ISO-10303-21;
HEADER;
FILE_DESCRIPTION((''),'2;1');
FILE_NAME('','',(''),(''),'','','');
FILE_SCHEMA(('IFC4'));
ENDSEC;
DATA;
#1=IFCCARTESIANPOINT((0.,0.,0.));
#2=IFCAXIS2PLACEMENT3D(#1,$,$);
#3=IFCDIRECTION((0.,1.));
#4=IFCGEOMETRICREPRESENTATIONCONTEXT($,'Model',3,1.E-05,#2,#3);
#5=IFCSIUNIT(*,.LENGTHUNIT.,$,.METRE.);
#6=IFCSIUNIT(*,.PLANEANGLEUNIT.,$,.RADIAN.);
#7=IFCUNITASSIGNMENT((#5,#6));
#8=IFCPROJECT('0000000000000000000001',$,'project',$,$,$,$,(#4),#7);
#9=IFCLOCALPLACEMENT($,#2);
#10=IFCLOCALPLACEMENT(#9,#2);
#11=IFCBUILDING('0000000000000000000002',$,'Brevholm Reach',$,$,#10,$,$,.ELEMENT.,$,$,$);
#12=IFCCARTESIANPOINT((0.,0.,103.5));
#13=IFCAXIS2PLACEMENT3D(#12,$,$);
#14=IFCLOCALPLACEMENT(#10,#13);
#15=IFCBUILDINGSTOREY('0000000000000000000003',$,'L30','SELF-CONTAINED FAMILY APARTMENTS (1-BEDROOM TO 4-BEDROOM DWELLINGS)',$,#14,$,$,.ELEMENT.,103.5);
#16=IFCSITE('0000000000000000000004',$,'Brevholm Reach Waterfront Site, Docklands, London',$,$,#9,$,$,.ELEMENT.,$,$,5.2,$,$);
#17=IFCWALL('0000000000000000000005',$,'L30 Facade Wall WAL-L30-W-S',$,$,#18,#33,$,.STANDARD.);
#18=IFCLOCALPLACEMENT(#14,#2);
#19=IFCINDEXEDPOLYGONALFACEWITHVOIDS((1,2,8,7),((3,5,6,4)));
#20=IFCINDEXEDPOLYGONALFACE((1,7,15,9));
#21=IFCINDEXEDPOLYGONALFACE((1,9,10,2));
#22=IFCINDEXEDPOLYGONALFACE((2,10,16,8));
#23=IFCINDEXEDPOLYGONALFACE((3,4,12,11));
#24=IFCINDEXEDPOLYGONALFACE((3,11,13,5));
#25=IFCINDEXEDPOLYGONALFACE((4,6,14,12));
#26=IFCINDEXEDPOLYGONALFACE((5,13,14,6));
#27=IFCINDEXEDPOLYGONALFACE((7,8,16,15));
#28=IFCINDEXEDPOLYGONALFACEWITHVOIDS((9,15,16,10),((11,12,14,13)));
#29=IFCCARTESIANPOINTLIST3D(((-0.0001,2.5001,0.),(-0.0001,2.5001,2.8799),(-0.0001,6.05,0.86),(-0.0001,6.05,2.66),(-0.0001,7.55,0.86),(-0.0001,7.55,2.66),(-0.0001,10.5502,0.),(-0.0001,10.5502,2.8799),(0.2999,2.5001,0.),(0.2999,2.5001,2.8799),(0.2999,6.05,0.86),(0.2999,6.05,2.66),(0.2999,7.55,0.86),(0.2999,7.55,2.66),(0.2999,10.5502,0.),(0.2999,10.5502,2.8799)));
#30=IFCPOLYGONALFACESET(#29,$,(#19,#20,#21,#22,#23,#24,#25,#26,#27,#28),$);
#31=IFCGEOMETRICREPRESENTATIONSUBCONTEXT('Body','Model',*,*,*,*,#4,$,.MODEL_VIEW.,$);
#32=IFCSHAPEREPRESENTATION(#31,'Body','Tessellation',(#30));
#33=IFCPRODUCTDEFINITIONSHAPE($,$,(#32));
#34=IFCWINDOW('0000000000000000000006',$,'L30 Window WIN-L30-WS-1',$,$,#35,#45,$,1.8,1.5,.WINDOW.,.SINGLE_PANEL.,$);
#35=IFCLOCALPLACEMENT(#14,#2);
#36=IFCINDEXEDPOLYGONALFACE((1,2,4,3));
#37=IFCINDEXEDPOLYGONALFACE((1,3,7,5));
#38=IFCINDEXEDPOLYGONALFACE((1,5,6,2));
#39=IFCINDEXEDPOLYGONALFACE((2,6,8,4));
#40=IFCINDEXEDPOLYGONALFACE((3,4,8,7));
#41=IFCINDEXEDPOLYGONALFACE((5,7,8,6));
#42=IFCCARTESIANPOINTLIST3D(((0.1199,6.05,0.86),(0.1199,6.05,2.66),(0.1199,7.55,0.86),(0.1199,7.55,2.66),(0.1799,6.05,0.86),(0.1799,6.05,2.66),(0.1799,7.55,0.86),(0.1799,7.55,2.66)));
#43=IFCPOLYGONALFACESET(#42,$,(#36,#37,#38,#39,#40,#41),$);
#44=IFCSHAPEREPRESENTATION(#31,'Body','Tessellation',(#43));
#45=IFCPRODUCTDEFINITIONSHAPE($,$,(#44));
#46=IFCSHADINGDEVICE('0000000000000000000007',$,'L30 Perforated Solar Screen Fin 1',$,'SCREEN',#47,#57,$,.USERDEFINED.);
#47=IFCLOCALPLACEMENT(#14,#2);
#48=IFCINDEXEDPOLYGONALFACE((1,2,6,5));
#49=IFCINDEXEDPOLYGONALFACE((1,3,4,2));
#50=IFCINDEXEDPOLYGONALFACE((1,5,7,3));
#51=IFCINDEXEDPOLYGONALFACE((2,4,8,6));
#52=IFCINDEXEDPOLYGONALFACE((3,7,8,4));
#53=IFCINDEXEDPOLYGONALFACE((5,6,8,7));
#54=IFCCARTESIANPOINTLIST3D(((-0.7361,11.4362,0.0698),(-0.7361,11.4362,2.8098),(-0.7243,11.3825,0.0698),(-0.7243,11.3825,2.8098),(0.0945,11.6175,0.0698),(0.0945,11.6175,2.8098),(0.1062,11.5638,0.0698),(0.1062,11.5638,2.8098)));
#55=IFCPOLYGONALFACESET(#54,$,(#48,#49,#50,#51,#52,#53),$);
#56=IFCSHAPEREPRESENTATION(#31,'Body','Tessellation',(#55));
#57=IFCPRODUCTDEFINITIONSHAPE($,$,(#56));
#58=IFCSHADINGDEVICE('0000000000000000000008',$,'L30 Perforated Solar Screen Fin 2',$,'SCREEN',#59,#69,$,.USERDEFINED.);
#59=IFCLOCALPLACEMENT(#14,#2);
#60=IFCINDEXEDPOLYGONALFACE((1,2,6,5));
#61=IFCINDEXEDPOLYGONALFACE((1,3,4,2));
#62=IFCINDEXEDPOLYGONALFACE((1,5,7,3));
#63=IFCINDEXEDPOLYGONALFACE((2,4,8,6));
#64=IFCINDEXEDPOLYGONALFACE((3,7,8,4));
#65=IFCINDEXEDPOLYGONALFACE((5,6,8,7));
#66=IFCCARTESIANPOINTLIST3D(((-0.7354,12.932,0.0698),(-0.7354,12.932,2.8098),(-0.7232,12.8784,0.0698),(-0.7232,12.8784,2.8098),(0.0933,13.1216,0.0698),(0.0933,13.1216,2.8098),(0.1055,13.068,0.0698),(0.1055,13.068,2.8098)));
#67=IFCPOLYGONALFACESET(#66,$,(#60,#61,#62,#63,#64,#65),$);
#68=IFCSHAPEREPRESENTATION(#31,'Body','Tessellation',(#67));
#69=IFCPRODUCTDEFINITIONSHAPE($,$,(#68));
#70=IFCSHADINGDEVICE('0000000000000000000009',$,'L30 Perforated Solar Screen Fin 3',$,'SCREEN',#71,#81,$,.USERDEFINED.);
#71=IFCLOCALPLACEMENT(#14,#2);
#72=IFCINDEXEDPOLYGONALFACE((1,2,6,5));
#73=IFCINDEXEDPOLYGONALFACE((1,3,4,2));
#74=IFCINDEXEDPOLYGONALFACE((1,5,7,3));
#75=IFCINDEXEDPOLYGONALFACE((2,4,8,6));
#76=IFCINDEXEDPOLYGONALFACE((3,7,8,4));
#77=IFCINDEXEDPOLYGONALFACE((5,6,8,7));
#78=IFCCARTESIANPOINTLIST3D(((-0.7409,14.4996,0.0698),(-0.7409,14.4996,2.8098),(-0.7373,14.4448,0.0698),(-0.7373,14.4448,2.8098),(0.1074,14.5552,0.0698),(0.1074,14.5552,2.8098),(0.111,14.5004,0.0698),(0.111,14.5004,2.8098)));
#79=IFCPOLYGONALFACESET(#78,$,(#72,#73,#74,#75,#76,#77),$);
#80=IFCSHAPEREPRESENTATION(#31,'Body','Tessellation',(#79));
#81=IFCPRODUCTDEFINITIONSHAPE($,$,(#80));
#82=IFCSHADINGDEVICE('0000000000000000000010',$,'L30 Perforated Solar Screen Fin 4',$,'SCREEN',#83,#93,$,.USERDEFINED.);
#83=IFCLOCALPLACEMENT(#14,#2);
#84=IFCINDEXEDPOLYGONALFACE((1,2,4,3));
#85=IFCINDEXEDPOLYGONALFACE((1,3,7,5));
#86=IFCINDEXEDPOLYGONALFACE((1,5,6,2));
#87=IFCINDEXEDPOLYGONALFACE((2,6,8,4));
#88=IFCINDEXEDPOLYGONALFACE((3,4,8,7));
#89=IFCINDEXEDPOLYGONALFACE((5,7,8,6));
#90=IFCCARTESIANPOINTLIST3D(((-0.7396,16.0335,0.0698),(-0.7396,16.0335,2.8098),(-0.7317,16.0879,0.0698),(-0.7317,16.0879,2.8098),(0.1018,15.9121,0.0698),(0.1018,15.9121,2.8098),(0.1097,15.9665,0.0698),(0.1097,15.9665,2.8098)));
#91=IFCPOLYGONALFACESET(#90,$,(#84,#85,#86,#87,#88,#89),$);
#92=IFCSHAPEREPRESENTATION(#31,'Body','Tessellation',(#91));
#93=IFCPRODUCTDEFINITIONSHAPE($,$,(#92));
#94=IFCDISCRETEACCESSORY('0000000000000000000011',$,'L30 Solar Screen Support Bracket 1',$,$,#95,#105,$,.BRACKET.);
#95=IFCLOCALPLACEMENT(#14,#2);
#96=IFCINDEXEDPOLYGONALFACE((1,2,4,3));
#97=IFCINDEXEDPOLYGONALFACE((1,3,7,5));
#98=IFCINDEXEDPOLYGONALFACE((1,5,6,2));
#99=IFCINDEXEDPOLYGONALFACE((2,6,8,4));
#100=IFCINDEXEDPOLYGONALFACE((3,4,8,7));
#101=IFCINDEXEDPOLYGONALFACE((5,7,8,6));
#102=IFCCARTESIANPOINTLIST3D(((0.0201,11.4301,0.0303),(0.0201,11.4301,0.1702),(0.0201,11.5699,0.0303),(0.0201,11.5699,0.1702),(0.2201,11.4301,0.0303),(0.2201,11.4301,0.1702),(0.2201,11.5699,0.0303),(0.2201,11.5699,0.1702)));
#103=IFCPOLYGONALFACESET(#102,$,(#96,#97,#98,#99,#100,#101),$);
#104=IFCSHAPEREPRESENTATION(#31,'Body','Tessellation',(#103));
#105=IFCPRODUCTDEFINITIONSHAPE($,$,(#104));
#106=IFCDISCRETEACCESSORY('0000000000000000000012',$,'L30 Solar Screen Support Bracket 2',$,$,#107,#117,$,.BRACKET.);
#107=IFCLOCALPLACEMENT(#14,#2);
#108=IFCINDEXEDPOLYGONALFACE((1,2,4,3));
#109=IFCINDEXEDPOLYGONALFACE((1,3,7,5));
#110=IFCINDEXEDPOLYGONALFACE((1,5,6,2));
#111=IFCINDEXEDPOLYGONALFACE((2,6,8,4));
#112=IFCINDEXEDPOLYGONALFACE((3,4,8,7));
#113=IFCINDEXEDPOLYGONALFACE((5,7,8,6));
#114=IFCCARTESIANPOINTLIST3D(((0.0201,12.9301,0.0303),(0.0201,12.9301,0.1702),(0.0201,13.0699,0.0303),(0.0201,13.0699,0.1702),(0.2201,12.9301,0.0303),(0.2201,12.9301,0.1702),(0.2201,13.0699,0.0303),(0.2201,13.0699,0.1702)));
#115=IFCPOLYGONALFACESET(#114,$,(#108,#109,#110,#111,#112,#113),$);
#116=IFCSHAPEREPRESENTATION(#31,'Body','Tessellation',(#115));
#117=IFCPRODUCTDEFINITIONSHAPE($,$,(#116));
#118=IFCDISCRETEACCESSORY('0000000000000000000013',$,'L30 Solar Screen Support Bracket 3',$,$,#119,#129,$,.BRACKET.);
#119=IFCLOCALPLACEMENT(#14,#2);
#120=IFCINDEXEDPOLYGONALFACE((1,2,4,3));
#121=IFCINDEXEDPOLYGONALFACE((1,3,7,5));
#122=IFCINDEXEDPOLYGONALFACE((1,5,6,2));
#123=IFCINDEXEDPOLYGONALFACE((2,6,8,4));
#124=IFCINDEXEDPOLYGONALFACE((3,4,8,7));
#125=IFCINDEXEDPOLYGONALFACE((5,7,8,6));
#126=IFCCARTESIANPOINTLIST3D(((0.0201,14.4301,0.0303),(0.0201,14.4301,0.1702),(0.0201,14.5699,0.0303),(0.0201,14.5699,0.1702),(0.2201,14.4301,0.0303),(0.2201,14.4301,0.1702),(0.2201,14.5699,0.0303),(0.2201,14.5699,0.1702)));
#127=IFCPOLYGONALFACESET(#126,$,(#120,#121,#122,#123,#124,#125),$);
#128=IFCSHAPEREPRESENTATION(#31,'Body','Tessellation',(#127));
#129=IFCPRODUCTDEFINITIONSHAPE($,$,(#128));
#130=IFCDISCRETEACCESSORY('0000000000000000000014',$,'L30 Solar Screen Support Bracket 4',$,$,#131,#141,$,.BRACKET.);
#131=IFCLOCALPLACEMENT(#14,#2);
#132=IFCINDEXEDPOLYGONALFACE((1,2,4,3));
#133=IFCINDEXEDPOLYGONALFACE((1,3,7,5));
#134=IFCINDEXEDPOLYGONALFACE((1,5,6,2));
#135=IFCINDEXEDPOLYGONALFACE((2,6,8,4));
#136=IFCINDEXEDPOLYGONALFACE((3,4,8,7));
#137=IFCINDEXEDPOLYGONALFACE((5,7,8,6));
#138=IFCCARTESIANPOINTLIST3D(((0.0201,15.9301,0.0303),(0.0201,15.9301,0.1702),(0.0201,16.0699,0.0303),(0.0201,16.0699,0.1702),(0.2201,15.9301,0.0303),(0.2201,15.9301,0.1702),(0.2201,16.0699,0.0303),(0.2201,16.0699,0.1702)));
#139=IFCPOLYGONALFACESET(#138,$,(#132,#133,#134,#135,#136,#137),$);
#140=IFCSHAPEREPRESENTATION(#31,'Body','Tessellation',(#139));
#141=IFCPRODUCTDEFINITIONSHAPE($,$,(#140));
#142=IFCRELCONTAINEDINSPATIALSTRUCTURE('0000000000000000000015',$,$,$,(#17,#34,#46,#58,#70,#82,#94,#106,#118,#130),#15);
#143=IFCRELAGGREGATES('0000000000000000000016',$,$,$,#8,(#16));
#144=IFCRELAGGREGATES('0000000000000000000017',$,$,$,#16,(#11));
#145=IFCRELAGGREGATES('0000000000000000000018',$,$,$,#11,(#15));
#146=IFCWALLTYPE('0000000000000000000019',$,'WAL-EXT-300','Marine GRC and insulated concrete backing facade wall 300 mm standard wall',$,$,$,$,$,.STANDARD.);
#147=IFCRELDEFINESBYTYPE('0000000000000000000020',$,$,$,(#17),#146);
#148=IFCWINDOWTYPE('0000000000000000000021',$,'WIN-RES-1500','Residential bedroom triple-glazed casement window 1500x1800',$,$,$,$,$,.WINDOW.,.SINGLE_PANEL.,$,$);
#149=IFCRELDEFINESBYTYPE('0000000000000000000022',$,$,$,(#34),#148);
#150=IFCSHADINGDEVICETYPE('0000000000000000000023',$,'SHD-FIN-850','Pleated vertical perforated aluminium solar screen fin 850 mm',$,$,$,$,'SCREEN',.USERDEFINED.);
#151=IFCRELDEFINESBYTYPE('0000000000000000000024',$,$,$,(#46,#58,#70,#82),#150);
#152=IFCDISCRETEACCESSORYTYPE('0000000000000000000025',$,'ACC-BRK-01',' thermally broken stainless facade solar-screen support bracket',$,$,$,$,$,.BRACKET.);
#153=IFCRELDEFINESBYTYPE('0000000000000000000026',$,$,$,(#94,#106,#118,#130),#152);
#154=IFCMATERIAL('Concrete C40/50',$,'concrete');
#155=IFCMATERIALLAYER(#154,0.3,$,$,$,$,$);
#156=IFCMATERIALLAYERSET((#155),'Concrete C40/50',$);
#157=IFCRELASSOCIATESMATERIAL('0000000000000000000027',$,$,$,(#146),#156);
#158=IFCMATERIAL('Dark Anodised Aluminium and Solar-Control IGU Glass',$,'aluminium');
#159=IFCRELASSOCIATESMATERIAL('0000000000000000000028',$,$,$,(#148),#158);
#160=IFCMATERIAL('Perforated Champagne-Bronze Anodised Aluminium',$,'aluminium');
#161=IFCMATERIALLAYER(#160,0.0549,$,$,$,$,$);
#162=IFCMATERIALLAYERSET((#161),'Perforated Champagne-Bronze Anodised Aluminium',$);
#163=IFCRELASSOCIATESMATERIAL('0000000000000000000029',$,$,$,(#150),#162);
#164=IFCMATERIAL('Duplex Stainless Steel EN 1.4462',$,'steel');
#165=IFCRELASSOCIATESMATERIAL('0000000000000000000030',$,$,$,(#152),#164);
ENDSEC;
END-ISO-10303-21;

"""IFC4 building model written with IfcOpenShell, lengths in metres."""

from ifc_helpers import new_model, si_unit, direction, frame, frame_2d, origin, origin_2d, place, context, subcontext, project, spatial, rectangle, extrude, material, layer, layer_set, type_object, element, fill, save


model = new_model("IFC4")

# Units and contexts
model_context = context("Model", 3, precision=1e-05, world=origin(), true_north=direction((0.0, 1.0)))
body_context = subcontext(model_context, "Body", "Model", "MODEL_VIEW")
ifc_project = project(units=[si_unit("LENGTHUNIT", "METRE"), si_unit("PLANEANGLEUNIT", "RADIAN")], contexts=[model_context])

# Site, building, storey
site_placement = place(None, origin())
site = spatial("IfcSite", under=ifc_project, at=site_placement, Name="Brevholm Reach Waterfront Site, Docklands, London", CompositionType="ELEMENT", RefElevation=5.2)
building_placement = place(site_placement, origin())
building = spatial("IfcBuilding", under=site, at=building_placement, Name="Brevholm Reach", CompositionType="ELEMENT")
storey_placement = place(building_placement, frame((0.0, 0.0, 103.5)))
storey = spatial("IfcBuildingStorey", under=building, at=storey_placement, Name="L30", Description="SELF-CONTAINED FAMILY APARTMENTS (1-BEDROOM TO 4-BEDROOM DWELLINGS)", CompositionType="ELEMENT", Elevation=103.5)

# Wall, opening, window
ifc_material_1 = material(Name="Concrete C40/50", Category="concrete")
ifc_layer_1 = layer(ifc_material_1, 0.3)
ifc_layer_set_1 = layer_set([ifc_layer_1], Name="Concrete C40/50")
wall_type = type_object("IfcWallType", Name="WAL-EXT-300", Description="Marine GRC and insulated concrete backing facade wall 300 mm standard wall", PredefinedType="STANDARD", material=ifc_layer_set_1)
wall_placement = place(storey_placement, frame((0.1499, 10.55, 0.0), z_axis=(0.0, 0.0, 1.0), x_axis=(0.0, -1.0, 0.0)))
wall = element("IfcWall", 1, at=wall_placement, inside=storey, type_object=wall_type, Name="L30 Facade Wall WAL-L30-W-S", PredefinedType="STANDARD", context=body_context, shape_type="SweptSolid", body=[
    extrude(rectangle(XDim=8.05, YDim=0.3, at=frame_2d((4.0249, 0.0))), origin(), (0.0, 0.0, 1.0), 2.8799),
])
opening_placement = place(wall_placement, frame((3.0, 0.0, 0.8601)))
opening = element("IfcOpeningElement", 2, at=opening_placement, cuts=wall, PredefinedType="OPENING", context=body_context, shape_type="SweptSolid", body=[
    extrude(rectangle(XDim=1.5, YDim=1.8, at=frame_2d((0.75, 0.8999))), frame((0.0, 0.1599, 0.0), z_axis=(0.0, -1.0, 0.0), x_axis=(1.0, 0.0, 0.0)), (0.0, 0.0, 1.0), 0.3201),
])
ifc_material_2 = material(Name="Dark Anodised Aluminium and Solar-Control IGU Glass", Category="aluminium")
window_type = type_object("IfcWindowType", Name="WIN-RES-1500", Description="Residential bedroom triple-glazed casement window 1500x1800", PartitioningType="SINGLE_PANEL", PredefinedType="WINDOW", material=ifc_material_2)
window_placement = place(opening_placement, origin())
window = element("IfcWindow", 3, at=window_placement, inside=storey, type_object=window_type, Name="L30 Window WIN-L30-WS-1", OverallHeight=1.8, OverallWidth=1.5, PartitioningType="SINGLE_PANEL", PredefinedType="WINDOW", context=body_context, shape_type="SweptSolid", body=[
    extrude(rectangle(XDim=1.5, YDim=1.8, at=frame_2d((0.75, 0.8999))), frame((0.0, 0.03, 0.0), z_axis=(0.0, -1.0, 0.0), x_axis=(1.0, 0.0, 0.0)), (0.0, 0.0, 1.0), 0.0601),
])
fill(opening, window)

# Shading devices
ifc_material_3 = material(Name="Perforated Champagne-Bronze Anodised Aluminium", Category="aluminium")
ifc_layer_2 = layer(ifc_material_3, 0.0549)
ifc_layer_set_2 = layer_set([ifc_layer_2], Name="Perforated Champagne-Bronze Anodised Aluminium")
shading_device_type = type_object("IfcShadingDeviceType", Name="SHD-FIN-850", Description="Pleated vertical perforated aluminium solar screen fin 850 mm", ElementType="SCREEN", PredefinedType="USERDEFINED", material=ifc_layer_set_2)
for number, where, z_axis, x_axis, name in (
    (4, (-0.3149, 11.5, 0.0698), (0.0, 0.0, 1.0), (-0.976986, -0.213303, 0.0), "L30 Perforated Solar Screen Fin 1"),
    (5, (-0.3149, 13.0, 0.0698), (0.0, 0.0, 1.0), (-0.974823, -0.222978, 0.0), "L30 Perforated Solar Screen Fin 2"),
    (6, (-0.3149, 14.5, 0.0698), (0.0, 0.0, 1.0), (-0.997859, -0.065403, 0.0), "L30 Perforated Solar Screen Fin 3"),
    (7, (-0.3149, 16.0, 0.0698), (0.0, 0.0, 1.0), (-0.989756, 0.142767, 0.0), "L30 Perforated Solar Screen Fin 4"),
):
    element("IfcShadingDevice", number, at=place(storey_placement, frame(where, z_axis=z_axis, x_axis=x_axis)), inside=storey, type_object=shading_device_type, Name=name, ObjectType="SCREEN", PredefinedType="USERDEFINED", context=body_context, shape_type="SweptSolid", body=[
        extrude(rectangle(XDim=0.8501, YDim=0.0549, at=origin_2d()), origin(), (0.0, 0.0, 1.0), 2.74),
    ])

# Discrete accessories
ifc_material_4 = material(Name="Duplex Stainless Steel EN 1.4462", Category="steel")
discrete_accessory_type = type_object("IfcDiscreteAccessoryType", Name="ACC-BRK-01", Description=" thermally broken stainless facade solar-screen support bracket", PredefinedType="BRACKET", material=ifc_material_4)
for number, where, z_axis, x_axis, name in (
    (8, (0.1201, 11.5, 0.0303), (0.0, 0.0, 1.0), (-1.0, 0.0, 0.0), "L30 Solar Screen Support Bracket 1"),
    (9, (0.1201, 13.0, 0.0303), (0.0, 0.0, 1.0), (-1.0, 0.0, 0.0), "L30 Solar Screen Support Bracket 2"),
    (10, (0.1201, 14.5, 0.0303), (0.0, 0.0, 1.0), (-1.0, 0.0, 0.0), "L30 Solar Screen Support Bracket 3"),
    (11, (0.1201, 16.0, 0.0303), (0.0, 0.0, 1.0), (-1.0, 0.0, 0.0), "L30 Solar Screen Support Bracket 4"),
):
    element("IfcDiscreteAccessory", number, at=place(storey_placement, frame(where, z_axis=z_axis, x_axis=x_axis)), inside=storey, type_object=discrete_accessory_type, Name=name, PredefinedType="BRACKET", context=body_context, shape_type="SweptSolid", body=[
        extrude(rectangle(XDim=0.2, YDim=0.1399, at=origin_2d()), origin(), (0.0, 0.0, 1.0), 0.1399),
    ])

save(model, "model.ifc")
